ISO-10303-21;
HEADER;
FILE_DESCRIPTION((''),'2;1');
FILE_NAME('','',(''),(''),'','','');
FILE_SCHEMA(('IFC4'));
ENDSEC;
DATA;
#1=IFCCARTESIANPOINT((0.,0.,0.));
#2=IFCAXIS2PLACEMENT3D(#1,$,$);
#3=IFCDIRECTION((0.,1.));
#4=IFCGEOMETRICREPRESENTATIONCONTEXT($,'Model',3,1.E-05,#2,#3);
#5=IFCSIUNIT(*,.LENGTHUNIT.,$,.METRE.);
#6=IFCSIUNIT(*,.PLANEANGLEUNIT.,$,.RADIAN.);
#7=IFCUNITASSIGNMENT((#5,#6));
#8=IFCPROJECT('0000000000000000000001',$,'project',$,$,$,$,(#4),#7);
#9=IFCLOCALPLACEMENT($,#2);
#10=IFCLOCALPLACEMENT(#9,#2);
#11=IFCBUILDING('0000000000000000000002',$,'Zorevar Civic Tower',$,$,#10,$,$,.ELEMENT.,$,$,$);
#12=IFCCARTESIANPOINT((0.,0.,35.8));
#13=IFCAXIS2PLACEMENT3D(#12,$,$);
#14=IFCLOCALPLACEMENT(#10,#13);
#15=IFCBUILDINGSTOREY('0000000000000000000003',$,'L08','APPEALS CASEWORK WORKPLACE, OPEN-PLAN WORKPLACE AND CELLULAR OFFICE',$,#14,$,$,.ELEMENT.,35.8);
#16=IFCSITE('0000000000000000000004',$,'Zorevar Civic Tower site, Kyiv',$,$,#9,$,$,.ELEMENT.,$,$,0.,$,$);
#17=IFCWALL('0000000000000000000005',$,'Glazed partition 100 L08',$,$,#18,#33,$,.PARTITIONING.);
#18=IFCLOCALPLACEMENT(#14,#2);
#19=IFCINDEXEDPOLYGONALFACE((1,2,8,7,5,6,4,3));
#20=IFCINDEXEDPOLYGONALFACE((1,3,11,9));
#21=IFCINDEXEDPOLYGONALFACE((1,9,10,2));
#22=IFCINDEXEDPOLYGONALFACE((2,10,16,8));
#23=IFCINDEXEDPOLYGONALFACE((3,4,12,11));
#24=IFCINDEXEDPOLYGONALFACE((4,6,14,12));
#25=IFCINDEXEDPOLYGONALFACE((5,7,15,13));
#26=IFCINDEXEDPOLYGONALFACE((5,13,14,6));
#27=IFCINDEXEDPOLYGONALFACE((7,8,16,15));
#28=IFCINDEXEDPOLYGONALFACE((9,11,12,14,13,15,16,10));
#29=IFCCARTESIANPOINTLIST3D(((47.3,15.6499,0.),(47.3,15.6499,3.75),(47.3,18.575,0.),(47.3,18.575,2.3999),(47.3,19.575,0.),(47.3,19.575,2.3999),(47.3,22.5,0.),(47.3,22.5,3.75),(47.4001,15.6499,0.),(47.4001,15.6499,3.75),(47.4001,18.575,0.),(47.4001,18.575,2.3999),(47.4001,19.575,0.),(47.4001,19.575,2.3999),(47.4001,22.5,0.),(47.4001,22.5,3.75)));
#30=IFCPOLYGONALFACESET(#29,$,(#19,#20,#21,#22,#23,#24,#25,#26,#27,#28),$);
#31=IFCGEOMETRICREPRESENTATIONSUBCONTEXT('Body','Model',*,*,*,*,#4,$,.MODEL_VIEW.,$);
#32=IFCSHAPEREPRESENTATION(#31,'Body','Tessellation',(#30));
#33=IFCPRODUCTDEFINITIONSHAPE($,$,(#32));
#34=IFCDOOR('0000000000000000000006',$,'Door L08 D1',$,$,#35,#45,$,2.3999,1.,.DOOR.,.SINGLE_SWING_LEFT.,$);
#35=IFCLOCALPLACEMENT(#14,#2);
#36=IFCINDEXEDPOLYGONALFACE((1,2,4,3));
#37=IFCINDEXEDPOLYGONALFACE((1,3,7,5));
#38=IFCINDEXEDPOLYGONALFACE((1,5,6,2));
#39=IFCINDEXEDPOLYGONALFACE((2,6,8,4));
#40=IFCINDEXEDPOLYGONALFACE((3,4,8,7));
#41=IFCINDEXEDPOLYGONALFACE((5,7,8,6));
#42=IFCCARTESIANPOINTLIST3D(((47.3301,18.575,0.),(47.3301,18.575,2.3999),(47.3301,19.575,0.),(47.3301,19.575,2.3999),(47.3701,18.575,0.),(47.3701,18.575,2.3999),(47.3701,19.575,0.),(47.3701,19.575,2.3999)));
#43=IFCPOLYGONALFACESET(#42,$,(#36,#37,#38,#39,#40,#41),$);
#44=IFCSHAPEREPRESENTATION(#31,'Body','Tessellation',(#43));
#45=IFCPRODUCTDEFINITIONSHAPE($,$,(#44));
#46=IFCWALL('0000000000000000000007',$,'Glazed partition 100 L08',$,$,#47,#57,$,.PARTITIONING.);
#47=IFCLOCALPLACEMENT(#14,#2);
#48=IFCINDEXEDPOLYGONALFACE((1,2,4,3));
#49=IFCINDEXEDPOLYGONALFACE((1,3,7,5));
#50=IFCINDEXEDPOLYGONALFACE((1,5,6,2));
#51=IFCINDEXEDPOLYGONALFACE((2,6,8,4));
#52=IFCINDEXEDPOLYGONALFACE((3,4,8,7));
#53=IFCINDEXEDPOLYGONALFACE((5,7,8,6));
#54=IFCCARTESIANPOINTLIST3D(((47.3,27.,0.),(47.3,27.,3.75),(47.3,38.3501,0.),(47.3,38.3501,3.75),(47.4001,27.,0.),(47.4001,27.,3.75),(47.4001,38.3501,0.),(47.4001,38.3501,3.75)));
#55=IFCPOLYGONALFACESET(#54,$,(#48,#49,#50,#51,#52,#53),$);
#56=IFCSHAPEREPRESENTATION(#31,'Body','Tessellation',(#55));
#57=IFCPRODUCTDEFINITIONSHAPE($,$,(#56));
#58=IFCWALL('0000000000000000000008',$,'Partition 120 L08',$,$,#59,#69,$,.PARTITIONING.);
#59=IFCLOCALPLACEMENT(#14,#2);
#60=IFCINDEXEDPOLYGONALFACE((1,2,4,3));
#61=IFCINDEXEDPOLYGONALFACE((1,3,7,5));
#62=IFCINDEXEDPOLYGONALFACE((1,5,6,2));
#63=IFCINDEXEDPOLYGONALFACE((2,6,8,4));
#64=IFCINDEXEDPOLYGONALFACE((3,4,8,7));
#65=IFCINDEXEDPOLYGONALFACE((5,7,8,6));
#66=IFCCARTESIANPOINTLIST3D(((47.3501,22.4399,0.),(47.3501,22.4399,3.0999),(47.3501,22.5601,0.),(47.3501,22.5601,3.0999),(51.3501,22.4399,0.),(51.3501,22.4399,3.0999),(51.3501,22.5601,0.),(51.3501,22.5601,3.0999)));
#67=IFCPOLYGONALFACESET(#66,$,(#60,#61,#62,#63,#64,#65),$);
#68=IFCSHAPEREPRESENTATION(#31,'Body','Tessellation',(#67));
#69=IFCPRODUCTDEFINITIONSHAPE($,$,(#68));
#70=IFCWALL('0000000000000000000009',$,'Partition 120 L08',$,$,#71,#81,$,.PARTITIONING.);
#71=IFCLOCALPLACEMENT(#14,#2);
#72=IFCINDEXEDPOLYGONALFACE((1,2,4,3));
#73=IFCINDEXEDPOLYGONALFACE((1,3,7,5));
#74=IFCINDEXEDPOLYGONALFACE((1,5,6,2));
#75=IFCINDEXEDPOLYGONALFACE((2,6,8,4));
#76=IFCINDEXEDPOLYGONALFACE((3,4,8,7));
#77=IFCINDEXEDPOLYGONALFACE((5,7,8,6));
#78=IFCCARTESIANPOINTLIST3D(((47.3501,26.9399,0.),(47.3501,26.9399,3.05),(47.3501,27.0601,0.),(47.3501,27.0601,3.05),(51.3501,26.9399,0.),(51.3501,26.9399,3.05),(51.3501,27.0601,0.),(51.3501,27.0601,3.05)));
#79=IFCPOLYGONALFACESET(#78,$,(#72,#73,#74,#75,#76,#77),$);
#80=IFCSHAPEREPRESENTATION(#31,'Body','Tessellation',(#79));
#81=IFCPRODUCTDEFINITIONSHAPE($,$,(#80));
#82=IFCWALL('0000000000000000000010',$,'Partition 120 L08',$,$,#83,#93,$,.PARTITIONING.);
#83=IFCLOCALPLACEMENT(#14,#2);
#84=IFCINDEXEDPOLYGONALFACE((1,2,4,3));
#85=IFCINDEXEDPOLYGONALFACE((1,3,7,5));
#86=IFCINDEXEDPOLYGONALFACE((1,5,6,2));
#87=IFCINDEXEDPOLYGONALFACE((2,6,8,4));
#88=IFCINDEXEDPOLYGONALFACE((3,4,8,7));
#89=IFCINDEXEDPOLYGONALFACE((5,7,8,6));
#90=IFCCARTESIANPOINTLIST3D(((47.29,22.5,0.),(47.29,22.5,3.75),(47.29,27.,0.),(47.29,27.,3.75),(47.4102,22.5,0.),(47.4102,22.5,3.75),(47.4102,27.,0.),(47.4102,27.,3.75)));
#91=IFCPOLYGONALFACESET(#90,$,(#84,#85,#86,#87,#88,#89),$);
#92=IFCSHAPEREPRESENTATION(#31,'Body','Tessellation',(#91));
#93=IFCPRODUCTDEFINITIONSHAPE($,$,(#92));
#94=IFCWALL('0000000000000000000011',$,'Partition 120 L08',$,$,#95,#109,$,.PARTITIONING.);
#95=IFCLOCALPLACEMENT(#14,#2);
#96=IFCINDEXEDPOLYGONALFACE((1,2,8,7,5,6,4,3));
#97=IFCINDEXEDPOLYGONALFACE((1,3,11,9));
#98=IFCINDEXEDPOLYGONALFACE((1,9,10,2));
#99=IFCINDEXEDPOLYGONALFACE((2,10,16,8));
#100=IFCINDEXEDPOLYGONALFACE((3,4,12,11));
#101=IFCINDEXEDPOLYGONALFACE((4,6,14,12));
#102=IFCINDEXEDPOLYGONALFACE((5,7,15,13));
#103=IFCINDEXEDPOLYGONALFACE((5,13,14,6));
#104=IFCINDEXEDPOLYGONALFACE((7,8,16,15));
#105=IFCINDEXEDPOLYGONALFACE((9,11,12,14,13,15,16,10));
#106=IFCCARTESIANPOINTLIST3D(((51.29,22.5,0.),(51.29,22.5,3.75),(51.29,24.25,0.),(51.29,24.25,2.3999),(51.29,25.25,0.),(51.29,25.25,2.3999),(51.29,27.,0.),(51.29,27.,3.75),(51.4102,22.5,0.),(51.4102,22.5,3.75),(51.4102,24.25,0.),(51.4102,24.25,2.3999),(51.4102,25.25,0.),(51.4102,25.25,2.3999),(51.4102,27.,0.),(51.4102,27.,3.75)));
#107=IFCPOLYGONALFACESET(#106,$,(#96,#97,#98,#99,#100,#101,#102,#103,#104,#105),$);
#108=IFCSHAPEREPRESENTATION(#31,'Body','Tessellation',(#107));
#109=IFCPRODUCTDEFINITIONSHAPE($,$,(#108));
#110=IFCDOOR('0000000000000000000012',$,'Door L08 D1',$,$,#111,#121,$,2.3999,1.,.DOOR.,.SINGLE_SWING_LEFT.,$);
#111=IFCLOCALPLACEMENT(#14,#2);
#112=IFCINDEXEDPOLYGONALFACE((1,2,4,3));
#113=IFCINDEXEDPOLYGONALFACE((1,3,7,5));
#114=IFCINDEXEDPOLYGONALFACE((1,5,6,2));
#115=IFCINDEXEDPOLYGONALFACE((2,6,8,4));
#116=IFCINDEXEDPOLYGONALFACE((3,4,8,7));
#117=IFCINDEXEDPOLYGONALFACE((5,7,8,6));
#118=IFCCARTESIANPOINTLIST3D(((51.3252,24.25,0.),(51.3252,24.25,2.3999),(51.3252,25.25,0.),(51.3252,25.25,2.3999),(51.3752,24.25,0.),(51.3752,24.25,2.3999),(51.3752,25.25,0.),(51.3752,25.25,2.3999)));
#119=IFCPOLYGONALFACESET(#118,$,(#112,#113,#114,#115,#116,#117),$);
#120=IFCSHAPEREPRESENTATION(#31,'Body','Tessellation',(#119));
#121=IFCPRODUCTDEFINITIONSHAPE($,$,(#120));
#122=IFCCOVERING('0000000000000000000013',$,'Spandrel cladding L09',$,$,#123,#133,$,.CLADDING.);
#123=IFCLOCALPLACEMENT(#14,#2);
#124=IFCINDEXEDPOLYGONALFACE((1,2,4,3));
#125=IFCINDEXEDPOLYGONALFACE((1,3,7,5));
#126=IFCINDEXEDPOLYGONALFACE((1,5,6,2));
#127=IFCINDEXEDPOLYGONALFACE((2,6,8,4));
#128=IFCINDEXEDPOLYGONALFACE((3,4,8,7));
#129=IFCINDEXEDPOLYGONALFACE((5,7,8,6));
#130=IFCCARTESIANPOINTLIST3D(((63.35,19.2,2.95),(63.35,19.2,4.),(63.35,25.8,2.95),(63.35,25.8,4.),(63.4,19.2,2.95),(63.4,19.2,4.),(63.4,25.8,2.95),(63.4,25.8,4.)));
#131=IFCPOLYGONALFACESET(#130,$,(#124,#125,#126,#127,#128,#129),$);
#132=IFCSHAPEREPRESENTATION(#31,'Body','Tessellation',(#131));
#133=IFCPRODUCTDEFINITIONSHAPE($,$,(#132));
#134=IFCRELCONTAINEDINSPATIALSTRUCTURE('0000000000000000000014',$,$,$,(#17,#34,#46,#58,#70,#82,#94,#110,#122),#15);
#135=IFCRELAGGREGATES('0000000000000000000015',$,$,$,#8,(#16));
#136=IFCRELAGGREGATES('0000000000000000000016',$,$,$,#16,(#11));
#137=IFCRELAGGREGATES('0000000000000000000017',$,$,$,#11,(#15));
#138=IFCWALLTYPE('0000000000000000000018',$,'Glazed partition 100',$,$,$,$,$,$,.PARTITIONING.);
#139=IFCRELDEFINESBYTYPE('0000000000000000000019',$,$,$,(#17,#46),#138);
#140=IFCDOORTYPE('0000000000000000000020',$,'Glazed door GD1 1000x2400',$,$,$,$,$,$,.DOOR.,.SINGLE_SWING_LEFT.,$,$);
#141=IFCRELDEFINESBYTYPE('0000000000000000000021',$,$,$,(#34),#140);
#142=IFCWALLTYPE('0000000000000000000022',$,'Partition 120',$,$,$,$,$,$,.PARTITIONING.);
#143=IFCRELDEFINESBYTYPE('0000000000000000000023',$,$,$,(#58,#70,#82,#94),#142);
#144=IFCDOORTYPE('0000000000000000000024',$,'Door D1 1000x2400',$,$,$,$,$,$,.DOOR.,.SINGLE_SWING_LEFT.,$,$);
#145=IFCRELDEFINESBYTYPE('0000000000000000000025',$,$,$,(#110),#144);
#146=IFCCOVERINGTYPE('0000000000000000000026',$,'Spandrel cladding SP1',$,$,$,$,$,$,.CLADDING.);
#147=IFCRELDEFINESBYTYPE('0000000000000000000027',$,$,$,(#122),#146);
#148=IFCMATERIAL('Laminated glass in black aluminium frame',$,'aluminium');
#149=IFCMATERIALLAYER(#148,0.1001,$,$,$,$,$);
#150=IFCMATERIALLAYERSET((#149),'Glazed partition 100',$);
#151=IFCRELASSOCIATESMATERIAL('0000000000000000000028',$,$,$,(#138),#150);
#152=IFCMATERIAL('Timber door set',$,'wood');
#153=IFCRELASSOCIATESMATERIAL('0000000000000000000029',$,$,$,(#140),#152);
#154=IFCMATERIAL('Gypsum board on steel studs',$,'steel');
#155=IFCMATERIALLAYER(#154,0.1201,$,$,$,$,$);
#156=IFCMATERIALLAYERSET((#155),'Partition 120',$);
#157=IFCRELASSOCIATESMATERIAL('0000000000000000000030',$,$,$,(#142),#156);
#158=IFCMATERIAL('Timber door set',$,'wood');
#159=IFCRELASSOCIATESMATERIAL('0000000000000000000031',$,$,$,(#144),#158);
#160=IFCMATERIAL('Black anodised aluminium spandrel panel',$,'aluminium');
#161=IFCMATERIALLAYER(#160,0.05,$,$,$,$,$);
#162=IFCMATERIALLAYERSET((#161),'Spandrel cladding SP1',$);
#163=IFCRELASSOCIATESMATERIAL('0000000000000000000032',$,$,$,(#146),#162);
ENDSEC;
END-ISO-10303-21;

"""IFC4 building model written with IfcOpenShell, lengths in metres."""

from ifc_helpers import new_model, si_unit, direction, frame, frame_2d, origin, place, context, subcontext, project, spatial, rectangle, extrude, material, layer, layer_set, type_object, element, fill, save


model = new_model("IFC4")

# Units and contexts
model_context = context("Model", 3, precision=1e-05, world=origin(), true_north=direction((0.0, 1.0)))
body_context = subcontext(model_context, "Body", "Model", "MODEL_VIEW")
ifc_project = project(units=[si_unit("LENGTHUNIT", "METRE"), si_unit("PLANEANGLEUNIT", "RADIAN")], contexts=[model_context])

# Site, building, storey
site_placement = place(None, origin())
site = spatial("IfcSite", under=ifc_project, at=site_placement, Name="Zorevar Civic Tower site, Kyiv", CompositionType="ELEMENT", RefElevation=0.0)
building_placement = place(site_placement, origin())
building = spatial("IfcBuilding", under=site, at=building_placement, Name="Zorevar Civic Tower", CompositionType="ELEMENT")
storey_placement = place(building_placement, frame((0.0, 0.0, 35.8)))
storey = spatial("IfcBuildingStorey", under=building, at=storey_placement, Name="L08", Description="APPEALS CASEWORK WORKPLACE, OPEN-PLAN WORKPLACE AND CELLULAR OFFICE", CompositionType="ELEMENT", Elevation=35.8)

# Shared definitions
ifc_material_1 = material(Name="Laminated glass in black aluminium frame", Category="aluminium")
ifc_layer_1 = layer(ifc_material_1, 0.1001)
ifc_layer_set_1 = layer_set([ifc_layer_1], Name="Glazed partition 100")
wall_type_1 = type_object("IfcWallType", Name="Glazed partition 100", PredefinedType="PARTITIONING", material=ifc_layer_set_1)

# Wall, opening, door
wall_1_placement = place(storey_placement, frame((47.3501, 15.6499, 0.0), z_axis=(0.0, 0.0, 1.0), x_axis=(0.0, 1.0, 0.0)))
wall_1 = element("IfcWall", 1, at=wall_1_placement, inside=storey, type_object=wall_type_1, Name="Glazed partition 100 L08", PredefinedType="PARTITIONING", context=body_context, shape_type="SweptSolid", body=[
    extrude(rectangle(XDim=6.8501, YDim=0.1001, at=frame_2d((3.425, 0.0))), origin(), (0.0, 0.0, 1.0), 3.75),
])
opening_1_placement = place(wall_1_placement, frame((2.925, 0.0, 0.0)))
opening_1 = element("IfcOpeningElement", 2, at=opening_1_placement, cuts=wall_1, PredefinedType="OPENING", context=body_context, shape_type="SweptSolid", body=[
    extrude(rectangle(XDim=1.0, YDim=2.3999, at=frame_2d((0.5, 1.2))), frame((0.0, 0.0601, 0.0), z_axis=(0.0, -1.0, 0.0), x_axis=(1.0, 0.0, 0.0)), (0.0, 0.0, 1.0), 0.1201),
])
ifc_material_2 = material(Name="Timber door set", Category="wood")
door_type_1 = type_object("IfcDoorType", Name="Glazed door GD1 1000x2400", OperationType="SINGLE_SWING_LEFT", PredefinedType="DOOR", material=ifc_material_2)
door_1_placement = place(opening_1_placement, origin())
door_1 = element("IfcDoor", 3, at=door_1_placement, inside=storey, type_object=door_type_1, Name="Door L08 D1", OperationType="SINGLE_SWING_LEFT", OverallHeight=2.3999, OverallWidth=1.0, PredefinedType="DOOR", context=body_context, shape_type="SweptSolid", body=[
    extrude(rectangle(XDim=1.0, YDim=2.3999, at=frame_2d((0.5, 1.2))), frame((0.0, 0.02, 0.0), z_axis=(0.0, -1.0, 0.0), x_axis=(1.0, 0.0, 0.0)), (0.0, 0.0, 1.0), 0.04),
])
fill(opening_1, door_1)

# Walls
wall_2_placement = place(storey_placement, frame((47.3501, 27.0, 0.0), z_axis=(0.0, 0.0, 1.0), x_axis=(0.0, 1.0, 0.0)))
element("IfcWall", 4, at=wall_2_placement, inside=storey, type_object=wall_type_1, Name="Glazed partition 100 L08", PredefinedType="PARTITIONING", context=body_context, shape_type="SweptSolid", body=[
    extrude(rectangle(XDim=11.3501, YDim=0.1001, at=frame_2d((5.675, 0.0))), origin(), (0.0, 0.0, 1.0), 3.75),
])
ifc_material_3 = material(Name="Gypsum board on steel studs", Category="steel")
ifc_layer_2 = layer(ifc_material_3, 0.1201)
ifc_layer_set_2 = layer_set([ifc_layer_2], Name="Partition 120")
wall_type_2 = type_object("IfcWallType", Name="Partition 120", PredefinedType="PARTITIONING", material=ifc_layer_set_2)
wall_3_placement = place(storey_placement, frame((47.3501, 22.5, 0.0), z_axis=(0.0, 0.0, 1.0), x_axis=(1.0, 0.0, 0.0)))
element("IfcWall", 5, at=wall_3_placement, inside=storey, type_object=wall_type_2, Name="Partition 120 L08", PredefinedType="PARTITIONING", context=body_context, shape_type="SweptSolid", body=[
    extrude(rectangle(XDim=4.0, YDim=0.1201, at=frame_2d((2.0, 0.0))), origin(), (0.0, 0.0, 1.0), 3.0999),
])
wall_4_placement = place(storey_placement, frame((47.3501, 27.0, 0.0), z_axis=(0.0, 0.0, 1.0), x_axis=(1.0, 0.0, 0.0)))
element("IfcWall", 6, at=wall_4_placement, inside=storey, type_object=wall_type_2, Name="Partition 120 L08", PredefinedType="PARTITIONING", context=body_context, shape_type="SweptSolid", body=[
    extrude(rectangle(XDim=4.0, YDim=0.1201, at=frame_2d((2.0, 0.0))), origin(), (0.0, 0.0, 1.0), 3.05),
])
wall_5_placement = place(storey_placement, frame((47.3501, 22.5, 0.0), z_axis=(0.0, 0.0, 1.0), x_axis=(0.0, 1.0, 0.0)))
element("IfcWall", 7, at=wall_5_placement, inside=storey, type_object=wall_type_2, Name="Partition 120 L08", PredefinedType="PARTITIONING", context=body_context, shape_type="SweptSolid", body=[
    extrude(rectangle(XDim=4.5, YDim=0.1201, at=frame_2d((2.25, 0.0))), origin(), (0.0, 0.0, 1.0), 3.75),
])

# Wall, opening, door
wall_6_placement = place(storey_placement, frame((51.3501, 22.5, 0.0), z_axis=(0.0, 0.0, 1.0), x_axis=(0.0, 1.0, 0.0)))
wall_6 = element("IfcWall", 8, at=wall_6_placement, inside=storey, type_object=wall_type_2, Name="Partition 120 L08", PredefinedType="PARTITIONING", context=body_context, shape_type="SweptSolid", body=[
    extrude(rectangle(XDim=4.5, YDim=0.1201, at=frame_2d((2.25, 0.0))), origin(), (0.0, 0.0, 1.0), 3.75),
])
opening_2_placement = place(wall_6_placement, frame((1.75, 0.0, 0.0)))
opening_2 = element("IfcOpeningElement", 9, at=opening_2_placement, cuts=wall_6, PredefinedType="OPENING", context=body_context, shape_type="SweptSolid", body=[
    extrude(rectangle(XDim=1.0, YDim=2.3999, at=frame_2d((0.5, 1.2))), frame((0.0, 0.0701, 0.0), z_axis=(0.0, -1.0, 0.0), x_axis=(1.0, 0.0, 0.0)), (0.0, 0.0, 1.0), 0.1401),
])
ifc_material_4 = material(Name="Timber door set", Category="wood")
door_type_2 = type_object("IfcDoorType", Name="Door D1 1000x2400", OperationType="SINGLE_SWING_LEFT", PredefinedType="DOOR", material=ifc_material_4)
door_2_placement = place(opening_2_placement, origin())
door_2 = element("IfcDoor", 10, at=door_2_placement, inside=storey, type_object=door_type_2, Name="Door L08 D1", OperationType="SINGLE_SWING_LEFT", OverallHeight=2.3999, OverallWidth=1.0, PredefinedType="DOOR", context=body_context, shape_type="SweptSolid", body=[
    extrude(rectangle(XDim=1.0, YDim=2.3999, at=frame_2d((0.5, 1.2))), frame((0.0, 0.0249, 0.0), z_axis=(0.0, -1.0, 0.0), x_axis=(1.0, 0.0, 0.0)), (0.0, 0.0, 1.0), 0.05),
])
fill(opening_2, door_2)

# Covering
ifc_material_5 = material(Name="Black anodised aluminium spandrel panel", Category="aluminium")
ifc_layer_3 = layer(ifc_material_5, 0.05)
ifc_layer_set_3 = layer_set([ifc_layer_3], Name="Spandrel cladding SP1")
covering_type = type_object("IfcCoveringType", Name="Spandrel cladding SP1", PredefinedType="CLADDING", material=ifc_layer_set_3)
covering_placement = place(storey_placement, frame((63.375, 19.2, 2.95), z_axis=(0.0, 0.0, 1.0), x_axis=(0.0, 1.0, 0.0)))
element("IfcCovering", 11, at=covering_placement, inside=storey, type_object=covering_type, Name="Spandrel cladding L09", PredefinedType="CLADDING", context=body_context, shape_type="SweptSolid", body=[
    extrude(rectangle(XDim=6.6001, YDim=0.05, at=frame_2d((3.3, 0.0))), origin(), (0.0, 0.0, 1.0), 1.05),
])

save(model, "model.ifc")
